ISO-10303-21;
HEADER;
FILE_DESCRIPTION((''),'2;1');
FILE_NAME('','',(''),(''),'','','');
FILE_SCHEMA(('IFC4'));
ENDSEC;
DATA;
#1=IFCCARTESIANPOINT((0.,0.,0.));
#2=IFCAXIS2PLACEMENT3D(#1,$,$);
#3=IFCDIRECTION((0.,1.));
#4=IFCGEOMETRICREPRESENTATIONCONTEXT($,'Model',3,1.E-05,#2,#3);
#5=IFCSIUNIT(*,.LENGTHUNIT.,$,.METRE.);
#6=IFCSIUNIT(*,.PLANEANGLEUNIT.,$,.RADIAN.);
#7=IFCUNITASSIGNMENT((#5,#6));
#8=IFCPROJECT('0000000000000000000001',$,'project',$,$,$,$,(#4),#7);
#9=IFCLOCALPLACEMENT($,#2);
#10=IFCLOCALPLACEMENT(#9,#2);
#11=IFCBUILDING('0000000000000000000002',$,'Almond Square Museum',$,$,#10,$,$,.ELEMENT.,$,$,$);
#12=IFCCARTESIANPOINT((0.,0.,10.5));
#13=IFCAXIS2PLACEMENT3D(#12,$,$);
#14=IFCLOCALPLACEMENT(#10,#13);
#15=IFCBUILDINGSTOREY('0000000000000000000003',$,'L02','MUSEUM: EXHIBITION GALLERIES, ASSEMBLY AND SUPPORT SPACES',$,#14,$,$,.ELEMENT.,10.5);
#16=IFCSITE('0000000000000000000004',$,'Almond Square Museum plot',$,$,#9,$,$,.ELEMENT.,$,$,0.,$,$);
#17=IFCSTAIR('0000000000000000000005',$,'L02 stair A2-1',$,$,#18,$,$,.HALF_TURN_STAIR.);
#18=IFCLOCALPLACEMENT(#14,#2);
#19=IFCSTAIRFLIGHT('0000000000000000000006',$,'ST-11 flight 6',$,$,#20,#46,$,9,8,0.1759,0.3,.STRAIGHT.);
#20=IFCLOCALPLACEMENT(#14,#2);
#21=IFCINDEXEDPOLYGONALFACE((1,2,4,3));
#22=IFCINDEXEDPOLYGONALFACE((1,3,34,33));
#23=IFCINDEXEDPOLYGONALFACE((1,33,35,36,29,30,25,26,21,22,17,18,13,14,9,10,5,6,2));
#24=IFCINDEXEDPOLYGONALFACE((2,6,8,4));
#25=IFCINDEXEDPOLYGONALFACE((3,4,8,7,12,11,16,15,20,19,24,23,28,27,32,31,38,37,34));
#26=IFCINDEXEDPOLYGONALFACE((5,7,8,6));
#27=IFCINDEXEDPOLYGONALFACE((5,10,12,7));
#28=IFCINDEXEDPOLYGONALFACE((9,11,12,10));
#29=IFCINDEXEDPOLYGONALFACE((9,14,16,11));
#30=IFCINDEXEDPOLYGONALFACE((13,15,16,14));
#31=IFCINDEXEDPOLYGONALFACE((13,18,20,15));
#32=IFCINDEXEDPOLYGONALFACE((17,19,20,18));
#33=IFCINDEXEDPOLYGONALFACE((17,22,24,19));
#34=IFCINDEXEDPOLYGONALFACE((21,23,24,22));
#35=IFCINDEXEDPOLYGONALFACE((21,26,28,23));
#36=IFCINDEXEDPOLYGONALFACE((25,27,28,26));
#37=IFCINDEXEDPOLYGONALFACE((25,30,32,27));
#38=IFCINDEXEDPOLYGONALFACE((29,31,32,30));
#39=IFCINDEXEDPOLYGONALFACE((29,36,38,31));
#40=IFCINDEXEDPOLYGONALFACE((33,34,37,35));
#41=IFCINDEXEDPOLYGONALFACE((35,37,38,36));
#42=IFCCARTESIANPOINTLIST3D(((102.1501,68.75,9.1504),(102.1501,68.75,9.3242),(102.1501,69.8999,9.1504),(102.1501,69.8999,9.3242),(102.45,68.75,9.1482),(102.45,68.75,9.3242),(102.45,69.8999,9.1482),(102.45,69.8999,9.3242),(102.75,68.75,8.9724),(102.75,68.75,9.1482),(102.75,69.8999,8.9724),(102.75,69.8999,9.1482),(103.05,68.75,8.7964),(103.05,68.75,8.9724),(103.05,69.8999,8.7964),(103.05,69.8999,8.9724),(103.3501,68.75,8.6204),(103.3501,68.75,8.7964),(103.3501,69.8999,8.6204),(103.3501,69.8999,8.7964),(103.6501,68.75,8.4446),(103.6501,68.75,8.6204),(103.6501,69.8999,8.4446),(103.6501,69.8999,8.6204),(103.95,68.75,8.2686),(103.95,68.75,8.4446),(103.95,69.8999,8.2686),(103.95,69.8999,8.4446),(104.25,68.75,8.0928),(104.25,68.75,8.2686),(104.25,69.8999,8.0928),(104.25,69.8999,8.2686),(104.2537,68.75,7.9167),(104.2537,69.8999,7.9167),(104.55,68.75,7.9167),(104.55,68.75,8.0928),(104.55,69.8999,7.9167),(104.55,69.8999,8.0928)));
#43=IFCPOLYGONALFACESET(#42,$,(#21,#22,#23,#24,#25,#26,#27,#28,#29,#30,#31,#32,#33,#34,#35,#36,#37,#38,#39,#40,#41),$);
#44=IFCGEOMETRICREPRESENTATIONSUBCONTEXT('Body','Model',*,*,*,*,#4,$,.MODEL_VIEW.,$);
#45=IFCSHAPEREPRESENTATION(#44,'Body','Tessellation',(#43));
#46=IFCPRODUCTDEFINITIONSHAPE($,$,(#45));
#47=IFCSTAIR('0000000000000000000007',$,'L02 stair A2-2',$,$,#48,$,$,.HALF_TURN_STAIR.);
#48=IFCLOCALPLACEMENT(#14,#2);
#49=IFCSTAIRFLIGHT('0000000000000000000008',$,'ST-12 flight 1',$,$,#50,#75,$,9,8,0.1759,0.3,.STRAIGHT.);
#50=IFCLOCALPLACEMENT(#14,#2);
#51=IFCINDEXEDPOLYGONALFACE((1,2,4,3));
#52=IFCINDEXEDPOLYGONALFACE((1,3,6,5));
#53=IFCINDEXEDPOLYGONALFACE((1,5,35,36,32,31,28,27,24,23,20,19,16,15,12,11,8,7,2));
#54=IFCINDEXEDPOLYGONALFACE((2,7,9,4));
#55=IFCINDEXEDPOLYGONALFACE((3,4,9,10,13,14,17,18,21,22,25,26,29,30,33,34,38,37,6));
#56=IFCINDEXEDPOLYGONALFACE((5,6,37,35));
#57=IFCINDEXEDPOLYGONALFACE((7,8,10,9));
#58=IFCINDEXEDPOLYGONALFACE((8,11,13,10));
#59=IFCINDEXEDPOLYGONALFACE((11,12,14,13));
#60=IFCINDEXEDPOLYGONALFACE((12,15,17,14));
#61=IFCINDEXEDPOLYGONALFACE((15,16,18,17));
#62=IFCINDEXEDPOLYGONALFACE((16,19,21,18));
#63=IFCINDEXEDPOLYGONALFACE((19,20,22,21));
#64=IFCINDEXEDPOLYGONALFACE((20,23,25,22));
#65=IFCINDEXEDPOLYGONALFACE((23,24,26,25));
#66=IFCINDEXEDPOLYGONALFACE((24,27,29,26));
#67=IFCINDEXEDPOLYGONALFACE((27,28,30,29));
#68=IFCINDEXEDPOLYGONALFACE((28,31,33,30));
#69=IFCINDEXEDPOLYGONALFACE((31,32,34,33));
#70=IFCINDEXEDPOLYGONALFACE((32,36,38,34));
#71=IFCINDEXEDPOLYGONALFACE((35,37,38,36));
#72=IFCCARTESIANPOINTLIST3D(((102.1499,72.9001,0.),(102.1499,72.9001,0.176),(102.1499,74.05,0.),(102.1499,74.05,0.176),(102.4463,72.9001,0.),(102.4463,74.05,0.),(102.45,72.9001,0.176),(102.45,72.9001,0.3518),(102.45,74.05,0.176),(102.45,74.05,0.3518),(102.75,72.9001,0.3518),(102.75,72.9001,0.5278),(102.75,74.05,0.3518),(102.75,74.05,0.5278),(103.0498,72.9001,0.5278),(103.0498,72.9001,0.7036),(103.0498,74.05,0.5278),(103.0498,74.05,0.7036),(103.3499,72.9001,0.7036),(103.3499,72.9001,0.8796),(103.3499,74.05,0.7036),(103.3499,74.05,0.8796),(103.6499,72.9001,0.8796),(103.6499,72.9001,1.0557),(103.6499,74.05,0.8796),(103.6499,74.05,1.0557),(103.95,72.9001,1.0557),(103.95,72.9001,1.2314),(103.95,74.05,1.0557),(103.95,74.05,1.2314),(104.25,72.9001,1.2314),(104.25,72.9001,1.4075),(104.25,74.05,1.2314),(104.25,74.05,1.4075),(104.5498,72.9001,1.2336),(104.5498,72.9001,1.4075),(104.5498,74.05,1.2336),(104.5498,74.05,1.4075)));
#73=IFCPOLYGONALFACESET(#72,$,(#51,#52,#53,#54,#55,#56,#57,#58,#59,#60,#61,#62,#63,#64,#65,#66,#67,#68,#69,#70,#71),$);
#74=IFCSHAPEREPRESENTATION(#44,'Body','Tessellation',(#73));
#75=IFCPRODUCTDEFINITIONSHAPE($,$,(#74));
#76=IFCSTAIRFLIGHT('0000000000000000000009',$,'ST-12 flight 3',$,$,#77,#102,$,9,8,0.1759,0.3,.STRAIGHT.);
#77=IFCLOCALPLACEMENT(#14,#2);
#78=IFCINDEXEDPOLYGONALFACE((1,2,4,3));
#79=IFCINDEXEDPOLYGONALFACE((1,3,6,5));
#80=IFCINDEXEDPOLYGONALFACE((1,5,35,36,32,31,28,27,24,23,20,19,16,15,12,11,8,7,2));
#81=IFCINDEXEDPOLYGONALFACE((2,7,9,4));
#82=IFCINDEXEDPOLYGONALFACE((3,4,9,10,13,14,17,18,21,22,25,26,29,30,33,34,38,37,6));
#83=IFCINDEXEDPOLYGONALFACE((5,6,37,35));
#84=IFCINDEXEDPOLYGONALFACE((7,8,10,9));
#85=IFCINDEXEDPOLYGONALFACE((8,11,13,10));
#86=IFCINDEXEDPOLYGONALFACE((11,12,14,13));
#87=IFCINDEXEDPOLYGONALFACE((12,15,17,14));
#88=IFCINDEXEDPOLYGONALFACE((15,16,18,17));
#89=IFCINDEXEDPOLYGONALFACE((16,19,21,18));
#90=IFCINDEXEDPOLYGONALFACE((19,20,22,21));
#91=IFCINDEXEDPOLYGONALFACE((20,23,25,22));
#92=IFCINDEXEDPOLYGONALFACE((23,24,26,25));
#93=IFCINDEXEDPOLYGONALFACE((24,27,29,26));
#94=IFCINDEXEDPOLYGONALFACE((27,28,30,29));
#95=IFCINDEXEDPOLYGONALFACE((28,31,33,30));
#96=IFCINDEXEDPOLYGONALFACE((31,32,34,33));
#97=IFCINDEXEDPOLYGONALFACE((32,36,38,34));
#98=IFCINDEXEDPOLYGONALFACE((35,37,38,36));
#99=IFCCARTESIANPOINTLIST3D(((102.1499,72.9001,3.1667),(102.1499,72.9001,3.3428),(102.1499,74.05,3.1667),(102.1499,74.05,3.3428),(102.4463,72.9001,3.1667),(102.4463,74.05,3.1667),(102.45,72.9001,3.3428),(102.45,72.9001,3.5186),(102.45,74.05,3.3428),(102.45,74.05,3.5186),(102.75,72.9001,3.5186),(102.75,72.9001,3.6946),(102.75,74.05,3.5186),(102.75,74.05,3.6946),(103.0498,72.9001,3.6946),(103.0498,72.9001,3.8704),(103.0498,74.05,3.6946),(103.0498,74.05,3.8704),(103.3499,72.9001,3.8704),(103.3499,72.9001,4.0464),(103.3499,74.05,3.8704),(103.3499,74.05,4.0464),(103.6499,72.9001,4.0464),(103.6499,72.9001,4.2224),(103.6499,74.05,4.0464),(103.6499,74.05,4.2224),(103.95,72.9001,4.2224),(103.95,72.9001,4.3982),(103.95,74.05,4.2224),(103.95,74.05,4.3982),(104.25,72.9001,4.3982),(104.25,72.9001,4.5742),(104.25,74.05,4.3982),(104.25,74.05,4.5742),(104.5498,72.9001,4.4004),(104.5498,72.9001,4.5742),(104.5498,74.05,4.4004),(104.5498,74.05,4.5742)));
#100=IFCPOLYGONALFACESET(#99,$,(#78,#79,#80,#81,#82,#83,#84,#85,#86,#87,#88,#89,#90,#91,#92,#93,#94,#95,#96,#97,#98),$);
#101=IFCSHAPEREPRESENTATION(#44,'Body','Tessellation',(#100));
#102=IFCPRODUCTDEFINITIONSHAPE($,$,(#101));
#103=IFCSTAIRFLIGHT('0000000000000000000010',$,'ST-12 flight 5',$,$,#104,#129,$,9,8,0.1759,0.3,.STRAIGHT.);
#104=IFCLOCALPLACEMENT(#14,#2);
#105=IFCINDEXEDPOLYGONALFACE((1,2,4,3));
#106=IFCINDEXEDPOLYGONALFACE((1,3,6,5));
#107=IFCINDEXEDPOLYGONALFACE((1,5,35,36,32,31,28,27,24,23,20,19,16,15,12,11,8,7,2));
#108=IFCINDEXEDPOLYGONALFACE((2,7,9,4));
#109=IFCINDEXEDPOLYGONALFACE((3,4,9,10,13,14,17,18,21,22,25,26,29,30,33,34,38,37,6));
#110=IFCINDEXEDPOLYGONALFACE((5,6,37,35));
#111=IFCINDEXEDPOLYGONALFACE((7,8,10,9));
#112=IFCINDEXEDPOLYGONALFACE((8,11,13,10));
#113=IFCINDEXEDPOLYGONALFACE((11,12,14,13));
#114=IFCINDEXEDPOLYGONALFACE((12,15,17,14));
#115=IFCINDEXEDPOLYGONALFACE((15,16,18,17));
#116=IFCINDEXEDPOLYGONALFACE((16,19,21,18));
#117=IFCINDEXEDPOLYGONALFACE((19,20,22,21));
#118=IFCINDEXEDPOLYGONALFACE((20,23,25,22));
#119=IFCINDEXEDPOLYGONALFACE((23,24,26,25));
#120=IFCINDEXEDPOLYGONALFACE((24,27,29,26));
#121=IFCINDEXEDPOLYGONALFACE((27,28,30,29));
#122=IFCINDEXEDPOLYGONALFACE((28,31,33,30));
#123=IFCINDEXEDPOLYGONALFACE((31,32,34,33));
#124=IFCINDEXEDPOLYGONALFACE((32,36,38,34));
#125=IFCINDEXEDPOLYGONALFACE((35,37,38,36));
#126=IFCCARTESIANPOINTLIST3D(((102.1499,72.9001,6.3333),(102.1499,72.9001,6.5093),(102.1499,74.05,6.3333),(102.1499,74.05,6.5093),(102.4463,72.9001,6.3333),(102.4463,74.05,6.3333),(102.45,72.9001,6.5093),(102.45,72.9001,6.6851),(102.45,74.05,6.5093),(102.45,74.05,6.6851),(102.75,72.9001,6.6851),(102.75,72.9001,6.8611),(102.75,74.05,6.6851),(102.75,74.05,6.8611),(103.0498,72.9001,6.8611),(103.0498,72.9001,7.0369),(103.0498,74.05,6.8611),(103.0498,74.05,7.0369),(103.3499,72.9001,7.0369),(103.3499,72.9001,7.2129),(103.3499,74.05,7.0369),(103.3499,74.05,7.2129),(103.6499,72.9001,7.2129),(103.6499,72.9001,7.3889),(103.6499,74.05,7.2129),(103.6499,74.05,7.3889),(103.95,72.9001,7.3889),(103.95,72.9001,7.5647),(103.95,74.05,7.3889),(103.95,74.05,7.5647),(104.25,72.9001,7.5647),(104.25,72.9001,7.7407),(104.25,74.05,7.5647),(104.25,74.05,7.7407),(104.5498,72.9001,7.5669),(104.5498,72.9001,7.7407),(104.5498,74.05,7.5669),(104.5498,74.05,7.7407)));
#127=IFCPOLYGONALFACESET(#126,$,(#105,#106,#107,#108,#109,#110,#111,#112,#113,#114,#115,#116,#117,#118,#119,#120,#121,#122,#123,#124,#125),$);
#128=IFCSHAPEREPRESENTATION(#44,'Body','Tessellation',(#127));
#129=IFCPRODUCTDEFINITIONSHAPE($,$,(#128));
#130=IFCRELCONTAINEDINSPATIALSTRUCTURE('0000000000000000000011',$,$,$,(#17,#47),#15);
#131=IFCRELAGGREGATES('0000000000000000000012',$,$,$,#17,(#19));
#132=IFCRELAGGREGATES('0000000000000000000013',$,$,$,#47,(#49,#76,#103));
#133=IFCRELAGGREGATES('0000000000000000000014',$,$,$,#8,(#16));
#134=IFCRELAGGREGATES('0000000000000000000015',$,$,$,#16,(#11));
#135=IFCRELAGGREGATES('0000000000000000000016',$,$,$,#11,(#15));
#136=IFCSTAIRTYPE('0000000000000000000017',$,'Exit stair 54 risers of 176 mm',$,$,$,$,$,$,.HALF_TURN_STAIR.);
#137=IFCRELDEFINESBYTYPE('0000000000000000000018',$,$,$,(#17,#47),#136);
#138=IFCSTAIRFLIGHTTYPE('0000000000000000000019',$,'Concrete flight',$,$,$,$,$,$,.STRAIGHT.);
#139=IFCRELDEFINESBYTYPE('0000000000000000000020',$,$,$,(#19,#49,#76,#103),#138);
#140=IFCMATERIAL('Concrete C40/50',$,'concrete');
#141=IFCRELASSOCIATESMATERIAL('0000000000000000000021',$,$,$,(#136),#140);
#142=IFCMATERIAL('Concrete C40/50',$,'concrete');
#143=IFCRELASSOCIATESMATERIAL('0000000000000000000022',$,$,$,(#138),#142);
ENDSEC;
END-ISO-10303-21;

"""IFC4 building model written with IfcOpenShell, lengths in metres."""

from ifc_helpers import new_model, si_unit, direction, frame, origin, place, context, subcontext, project, spatial, polyline, outline, extrude, material, type_object, element, aggregate, save


model = new_model("IFC4")

# Units and contexts
model_context = context("Model", 3, precision=1e-05, world=origin(), true_north=direction((0.0, 1.0)))
body_context = subcontext(model_context, "Body", "Model", "MODEL_VIEW")
ifc_project = project(units=[si_unit("LENGTHUNIT", "METRE"), si_unit("PLANEANGLEUNIT", "RADIAN")], contexts=[model_context])

# Site, building, storey
site_placement = place(None, origin())
site = spatial("IfcSite", under=ifc_project, at=site_placement, Name="Almond Square Museum plot", CompositionType="ELEMENT", RefElevation=0.0)
building_placement = place(site_placement, origin())
building = spatial("IfcBuilding", under=site, at=building_placement, Name="Almond Square Museum", CompositionType="ELEMENT")
storey_placement = place(building_placement, frame((0.0, 0.0, 10.5)))
storey = spatial("IfcBuildingStorey", under=building, at=storey_placement, Name="L02", Description="MUSEUM: EXHIBITION GALLERIES, ASSEMBLY AND SUPPORT SPACES", CompositionType="ELEMENT", Elevation=10.5)

# Stairs, stair flights
ifc_material_1 = material(Name="Concrete C40/50", Category="concrete")
stair_type = type_object("IfcStairType", Name="Exit stair 54 risers of 176 mm", PredefinedType="HALF_TURN_STAIR", material=ifc_material_1)
stair_1_placement = place(storey_placement, origin())
stair_1 = element("IfcStair", 1, at=stair_1_placement, inside=storey, type_object=stair_type, Name="L02 stair A2-1", PredefinedType="HALF_TURN_STAIR")
ifc_material_2 = material(Name="Concrete C40/50", Category="concrete")
stair_flight_type = type_object("IfcStairFlightType", Name="Concrete flight", PredefinedType="STRAIGHT", material=ifc_material_2)
stair_flight_1_placement = place(storey_placement, frame((104.55, 69.325, 7.9167), z_axis=(0.0, 0.0, 1.0), x_axis=(-1.0, 0.0, 0.0)))
stair_flight_1 = element("IfcStairFlight", 2, at=stair_flight_1_placement, type_object=stair_flight_type, Name="ST-11 flight 6", NumberOfRisers=9, NumberOfTreads=8, PredefinedType="STRAIGHT", RiserHeight=0.1759, TreadLength=0.3, context=body_context, shape_type="SweptSolid", body=[
    extrude(outline(polyline([(0.0, 0.0), (0.0, 0.176), (0.3, 0.176), (0.3, 0.3518), (0.6001, 0.3518), (0.6001, 0.5278), (0.8999, 0.5278), (0.8999, 0.7036), (1.2, 0.7036), (1.2, 0.8796), (1.5, 0.8796), (1.5, 1.0557), (1.8, 1.0557), (1.8, 1.2314), (2.1001, 1.2314), (2.1001, 1.4075), (2.3999, 1.4075), (2.3999, 1.5833), (2.3999, 1.2336), (0.2964, 0.0), (0.0, 0.0)])), frame((0.0, 0.575, 0.0), z_axis=(0.0, -1.0, 0.0), x_axis=(1.0, 0.0, 0.0)), (0.0, 0.0, 1.0), 1.1499),
])
aggregate(stair_1, [stair_flight_1])
stair_2_placement = place(storey_placement, origin())
stair_2 = element("IfcStair", 3, at=stair_2_placement, inside=storey, type_object=stair_type, Name="L02 stair A2-2", PredefinedType="HALF_TURN_STAIR")
stair_flight_2_placement = place(storey_placement, frame((102.1499, 73.4751, 0.0), z_axis=(0.0, 0.0, 1.0), x_axis=(1.0, 0.0, 0.0)))
stair_flight_2 = element("IfcStairFlight", 4, at=stair_flight_2_placement, type_object=stair_flight_type, Name="ST-12 flight 1", NumberOfRisers=9, NumberOfTreads=8, PredefinedType="STRAIGHT", RiserHeight=0.1759, TreadLength=0.3, context=body_context, shape_type="SweptSolid", body=[
    extrude(outline(polyline([(0.0, 0.0), (0.0, 0.176), (0.3, 0.176), (0.3, 0.3518), (0.6001, 0.3518), (0.6001, 0.5278), (0.8999, 0.5278), (0.8999, 0.7036), (1.2, 0.7036), (1.2, 0.8796), (1.5, 0.8796), (1.5, 1.0557), (1.8, 1.0557), (1.8, 1.2314), (2.1001, 1.2314), (2.1001, 1.4075), (2.3999, 1.4075), (2.3999, 1.5833), (2.3999, 1.2336), (0.2964, 0.0), (0.0, 0.0)])), frame((0.0, 0.575, 0.0), z_axis=(0.0, -1.0, 0.0), x_axis=(1.0, 0.0, 0.0)), (0.0, 0.0, 1.0), 1.1499),
])
stair_flight_3_placement = place(storey_placement, frame((102.1499, 73.4751, 3.1667), z_axis=(0.0, 0.0, 1.0), x_axis=(1.0, 0.0, 0.0)))
stair_flight_3 = element("IfcStairFlight", 5, at=stair_flight_3_placement, type_object=stair_flight_type, Name="ST-12 flight 3", NumberOfRisers=9, NumberOfTreads=8, PredefinedType="STRAIGHT", RiserHeight=0.1759, TreadLength=0.3, context=body_context, shape_type="SweptSolid", body=[
    extrude(outline(polyline([(0.0, 0.0), (0.0, 0.176), (0.3, 0.176), (0.3, 0.3518), (0.6001, 0.3518), (0.6001, 0.5278), (0.8999, 0.5278), (0.8999, 0.7036), (1.2, 0.7036), (1.2, 0.8796), (1.5, 0.8796), (1.5, 1.0557), (1.8, 1.0557), (1.8, 1.2314), (2.1001, 1.2314), (2.1001, 1.4075), (2.3999, 1.4075), (2.3999, 1.5833), (2.3999, 1.2336), (0.2964, 0.0), (0.0, 0.0)])), frame((0.0, 0.575, 0.0), z_axis=(0.0, -1.0, 0.0), x_axis=(1.0, 0.0, 0.0)), (0.0, 0.0, 1.0), 1.1499),
])
stair_flight_4_placement = place(storey_placement, frame((102.1499, 73.4751, 6.3333), z_axis=(0.0, 0.0, 1.0), x_axis=(1.0, 0.0, 0.0)))
stair_flight_4 = element("IfcStairFlight", 6, at=stair_flight_4_placement, type_object=stair_flight_type, Name="ST-12 flight 5", NumberOfRisers=9, NumberOfTreads=8, PredefinedType="STRAIGHT", RiserHeight=0.1759, TreadLength=0.3, context=body_context, shape_type="SweptSolid", body=[
    extrude(outline(polyline([(0.0, 0.0), (0.0, 0.176), (0.3, 0.176), (0.3, 0.3518), (0.6001, 0.3518), (0.6001, 0.5278), (0.8999, 0.5278), (0.8999, 0.7036), (1.2, 0.7036), (1.2, 0.8796), (1.5, 0.8796), (1.5, 1.0557), (1.8, 1.0557), (1.8, 1.2314), (2.1001, 1.2314), (2.1001, 1.4075), (2.3999, 1.4075), (2.3999, 1.5833), (2.3999, 1.2336), (0.2964, 0.0), (0.0, 0.0)])), frame((0.0, 0.575, 0.0), z_axis=(0.0, -1.0, 0.0), x_axis=(1.0, 0.0, 0.0)), (0.0, 0.0, 1.0), 1.1499),
])
aggregate(stair_2, [stair_flight_2, stair_flight_3, stair_flight_4])

save(model, "model.ifc")
